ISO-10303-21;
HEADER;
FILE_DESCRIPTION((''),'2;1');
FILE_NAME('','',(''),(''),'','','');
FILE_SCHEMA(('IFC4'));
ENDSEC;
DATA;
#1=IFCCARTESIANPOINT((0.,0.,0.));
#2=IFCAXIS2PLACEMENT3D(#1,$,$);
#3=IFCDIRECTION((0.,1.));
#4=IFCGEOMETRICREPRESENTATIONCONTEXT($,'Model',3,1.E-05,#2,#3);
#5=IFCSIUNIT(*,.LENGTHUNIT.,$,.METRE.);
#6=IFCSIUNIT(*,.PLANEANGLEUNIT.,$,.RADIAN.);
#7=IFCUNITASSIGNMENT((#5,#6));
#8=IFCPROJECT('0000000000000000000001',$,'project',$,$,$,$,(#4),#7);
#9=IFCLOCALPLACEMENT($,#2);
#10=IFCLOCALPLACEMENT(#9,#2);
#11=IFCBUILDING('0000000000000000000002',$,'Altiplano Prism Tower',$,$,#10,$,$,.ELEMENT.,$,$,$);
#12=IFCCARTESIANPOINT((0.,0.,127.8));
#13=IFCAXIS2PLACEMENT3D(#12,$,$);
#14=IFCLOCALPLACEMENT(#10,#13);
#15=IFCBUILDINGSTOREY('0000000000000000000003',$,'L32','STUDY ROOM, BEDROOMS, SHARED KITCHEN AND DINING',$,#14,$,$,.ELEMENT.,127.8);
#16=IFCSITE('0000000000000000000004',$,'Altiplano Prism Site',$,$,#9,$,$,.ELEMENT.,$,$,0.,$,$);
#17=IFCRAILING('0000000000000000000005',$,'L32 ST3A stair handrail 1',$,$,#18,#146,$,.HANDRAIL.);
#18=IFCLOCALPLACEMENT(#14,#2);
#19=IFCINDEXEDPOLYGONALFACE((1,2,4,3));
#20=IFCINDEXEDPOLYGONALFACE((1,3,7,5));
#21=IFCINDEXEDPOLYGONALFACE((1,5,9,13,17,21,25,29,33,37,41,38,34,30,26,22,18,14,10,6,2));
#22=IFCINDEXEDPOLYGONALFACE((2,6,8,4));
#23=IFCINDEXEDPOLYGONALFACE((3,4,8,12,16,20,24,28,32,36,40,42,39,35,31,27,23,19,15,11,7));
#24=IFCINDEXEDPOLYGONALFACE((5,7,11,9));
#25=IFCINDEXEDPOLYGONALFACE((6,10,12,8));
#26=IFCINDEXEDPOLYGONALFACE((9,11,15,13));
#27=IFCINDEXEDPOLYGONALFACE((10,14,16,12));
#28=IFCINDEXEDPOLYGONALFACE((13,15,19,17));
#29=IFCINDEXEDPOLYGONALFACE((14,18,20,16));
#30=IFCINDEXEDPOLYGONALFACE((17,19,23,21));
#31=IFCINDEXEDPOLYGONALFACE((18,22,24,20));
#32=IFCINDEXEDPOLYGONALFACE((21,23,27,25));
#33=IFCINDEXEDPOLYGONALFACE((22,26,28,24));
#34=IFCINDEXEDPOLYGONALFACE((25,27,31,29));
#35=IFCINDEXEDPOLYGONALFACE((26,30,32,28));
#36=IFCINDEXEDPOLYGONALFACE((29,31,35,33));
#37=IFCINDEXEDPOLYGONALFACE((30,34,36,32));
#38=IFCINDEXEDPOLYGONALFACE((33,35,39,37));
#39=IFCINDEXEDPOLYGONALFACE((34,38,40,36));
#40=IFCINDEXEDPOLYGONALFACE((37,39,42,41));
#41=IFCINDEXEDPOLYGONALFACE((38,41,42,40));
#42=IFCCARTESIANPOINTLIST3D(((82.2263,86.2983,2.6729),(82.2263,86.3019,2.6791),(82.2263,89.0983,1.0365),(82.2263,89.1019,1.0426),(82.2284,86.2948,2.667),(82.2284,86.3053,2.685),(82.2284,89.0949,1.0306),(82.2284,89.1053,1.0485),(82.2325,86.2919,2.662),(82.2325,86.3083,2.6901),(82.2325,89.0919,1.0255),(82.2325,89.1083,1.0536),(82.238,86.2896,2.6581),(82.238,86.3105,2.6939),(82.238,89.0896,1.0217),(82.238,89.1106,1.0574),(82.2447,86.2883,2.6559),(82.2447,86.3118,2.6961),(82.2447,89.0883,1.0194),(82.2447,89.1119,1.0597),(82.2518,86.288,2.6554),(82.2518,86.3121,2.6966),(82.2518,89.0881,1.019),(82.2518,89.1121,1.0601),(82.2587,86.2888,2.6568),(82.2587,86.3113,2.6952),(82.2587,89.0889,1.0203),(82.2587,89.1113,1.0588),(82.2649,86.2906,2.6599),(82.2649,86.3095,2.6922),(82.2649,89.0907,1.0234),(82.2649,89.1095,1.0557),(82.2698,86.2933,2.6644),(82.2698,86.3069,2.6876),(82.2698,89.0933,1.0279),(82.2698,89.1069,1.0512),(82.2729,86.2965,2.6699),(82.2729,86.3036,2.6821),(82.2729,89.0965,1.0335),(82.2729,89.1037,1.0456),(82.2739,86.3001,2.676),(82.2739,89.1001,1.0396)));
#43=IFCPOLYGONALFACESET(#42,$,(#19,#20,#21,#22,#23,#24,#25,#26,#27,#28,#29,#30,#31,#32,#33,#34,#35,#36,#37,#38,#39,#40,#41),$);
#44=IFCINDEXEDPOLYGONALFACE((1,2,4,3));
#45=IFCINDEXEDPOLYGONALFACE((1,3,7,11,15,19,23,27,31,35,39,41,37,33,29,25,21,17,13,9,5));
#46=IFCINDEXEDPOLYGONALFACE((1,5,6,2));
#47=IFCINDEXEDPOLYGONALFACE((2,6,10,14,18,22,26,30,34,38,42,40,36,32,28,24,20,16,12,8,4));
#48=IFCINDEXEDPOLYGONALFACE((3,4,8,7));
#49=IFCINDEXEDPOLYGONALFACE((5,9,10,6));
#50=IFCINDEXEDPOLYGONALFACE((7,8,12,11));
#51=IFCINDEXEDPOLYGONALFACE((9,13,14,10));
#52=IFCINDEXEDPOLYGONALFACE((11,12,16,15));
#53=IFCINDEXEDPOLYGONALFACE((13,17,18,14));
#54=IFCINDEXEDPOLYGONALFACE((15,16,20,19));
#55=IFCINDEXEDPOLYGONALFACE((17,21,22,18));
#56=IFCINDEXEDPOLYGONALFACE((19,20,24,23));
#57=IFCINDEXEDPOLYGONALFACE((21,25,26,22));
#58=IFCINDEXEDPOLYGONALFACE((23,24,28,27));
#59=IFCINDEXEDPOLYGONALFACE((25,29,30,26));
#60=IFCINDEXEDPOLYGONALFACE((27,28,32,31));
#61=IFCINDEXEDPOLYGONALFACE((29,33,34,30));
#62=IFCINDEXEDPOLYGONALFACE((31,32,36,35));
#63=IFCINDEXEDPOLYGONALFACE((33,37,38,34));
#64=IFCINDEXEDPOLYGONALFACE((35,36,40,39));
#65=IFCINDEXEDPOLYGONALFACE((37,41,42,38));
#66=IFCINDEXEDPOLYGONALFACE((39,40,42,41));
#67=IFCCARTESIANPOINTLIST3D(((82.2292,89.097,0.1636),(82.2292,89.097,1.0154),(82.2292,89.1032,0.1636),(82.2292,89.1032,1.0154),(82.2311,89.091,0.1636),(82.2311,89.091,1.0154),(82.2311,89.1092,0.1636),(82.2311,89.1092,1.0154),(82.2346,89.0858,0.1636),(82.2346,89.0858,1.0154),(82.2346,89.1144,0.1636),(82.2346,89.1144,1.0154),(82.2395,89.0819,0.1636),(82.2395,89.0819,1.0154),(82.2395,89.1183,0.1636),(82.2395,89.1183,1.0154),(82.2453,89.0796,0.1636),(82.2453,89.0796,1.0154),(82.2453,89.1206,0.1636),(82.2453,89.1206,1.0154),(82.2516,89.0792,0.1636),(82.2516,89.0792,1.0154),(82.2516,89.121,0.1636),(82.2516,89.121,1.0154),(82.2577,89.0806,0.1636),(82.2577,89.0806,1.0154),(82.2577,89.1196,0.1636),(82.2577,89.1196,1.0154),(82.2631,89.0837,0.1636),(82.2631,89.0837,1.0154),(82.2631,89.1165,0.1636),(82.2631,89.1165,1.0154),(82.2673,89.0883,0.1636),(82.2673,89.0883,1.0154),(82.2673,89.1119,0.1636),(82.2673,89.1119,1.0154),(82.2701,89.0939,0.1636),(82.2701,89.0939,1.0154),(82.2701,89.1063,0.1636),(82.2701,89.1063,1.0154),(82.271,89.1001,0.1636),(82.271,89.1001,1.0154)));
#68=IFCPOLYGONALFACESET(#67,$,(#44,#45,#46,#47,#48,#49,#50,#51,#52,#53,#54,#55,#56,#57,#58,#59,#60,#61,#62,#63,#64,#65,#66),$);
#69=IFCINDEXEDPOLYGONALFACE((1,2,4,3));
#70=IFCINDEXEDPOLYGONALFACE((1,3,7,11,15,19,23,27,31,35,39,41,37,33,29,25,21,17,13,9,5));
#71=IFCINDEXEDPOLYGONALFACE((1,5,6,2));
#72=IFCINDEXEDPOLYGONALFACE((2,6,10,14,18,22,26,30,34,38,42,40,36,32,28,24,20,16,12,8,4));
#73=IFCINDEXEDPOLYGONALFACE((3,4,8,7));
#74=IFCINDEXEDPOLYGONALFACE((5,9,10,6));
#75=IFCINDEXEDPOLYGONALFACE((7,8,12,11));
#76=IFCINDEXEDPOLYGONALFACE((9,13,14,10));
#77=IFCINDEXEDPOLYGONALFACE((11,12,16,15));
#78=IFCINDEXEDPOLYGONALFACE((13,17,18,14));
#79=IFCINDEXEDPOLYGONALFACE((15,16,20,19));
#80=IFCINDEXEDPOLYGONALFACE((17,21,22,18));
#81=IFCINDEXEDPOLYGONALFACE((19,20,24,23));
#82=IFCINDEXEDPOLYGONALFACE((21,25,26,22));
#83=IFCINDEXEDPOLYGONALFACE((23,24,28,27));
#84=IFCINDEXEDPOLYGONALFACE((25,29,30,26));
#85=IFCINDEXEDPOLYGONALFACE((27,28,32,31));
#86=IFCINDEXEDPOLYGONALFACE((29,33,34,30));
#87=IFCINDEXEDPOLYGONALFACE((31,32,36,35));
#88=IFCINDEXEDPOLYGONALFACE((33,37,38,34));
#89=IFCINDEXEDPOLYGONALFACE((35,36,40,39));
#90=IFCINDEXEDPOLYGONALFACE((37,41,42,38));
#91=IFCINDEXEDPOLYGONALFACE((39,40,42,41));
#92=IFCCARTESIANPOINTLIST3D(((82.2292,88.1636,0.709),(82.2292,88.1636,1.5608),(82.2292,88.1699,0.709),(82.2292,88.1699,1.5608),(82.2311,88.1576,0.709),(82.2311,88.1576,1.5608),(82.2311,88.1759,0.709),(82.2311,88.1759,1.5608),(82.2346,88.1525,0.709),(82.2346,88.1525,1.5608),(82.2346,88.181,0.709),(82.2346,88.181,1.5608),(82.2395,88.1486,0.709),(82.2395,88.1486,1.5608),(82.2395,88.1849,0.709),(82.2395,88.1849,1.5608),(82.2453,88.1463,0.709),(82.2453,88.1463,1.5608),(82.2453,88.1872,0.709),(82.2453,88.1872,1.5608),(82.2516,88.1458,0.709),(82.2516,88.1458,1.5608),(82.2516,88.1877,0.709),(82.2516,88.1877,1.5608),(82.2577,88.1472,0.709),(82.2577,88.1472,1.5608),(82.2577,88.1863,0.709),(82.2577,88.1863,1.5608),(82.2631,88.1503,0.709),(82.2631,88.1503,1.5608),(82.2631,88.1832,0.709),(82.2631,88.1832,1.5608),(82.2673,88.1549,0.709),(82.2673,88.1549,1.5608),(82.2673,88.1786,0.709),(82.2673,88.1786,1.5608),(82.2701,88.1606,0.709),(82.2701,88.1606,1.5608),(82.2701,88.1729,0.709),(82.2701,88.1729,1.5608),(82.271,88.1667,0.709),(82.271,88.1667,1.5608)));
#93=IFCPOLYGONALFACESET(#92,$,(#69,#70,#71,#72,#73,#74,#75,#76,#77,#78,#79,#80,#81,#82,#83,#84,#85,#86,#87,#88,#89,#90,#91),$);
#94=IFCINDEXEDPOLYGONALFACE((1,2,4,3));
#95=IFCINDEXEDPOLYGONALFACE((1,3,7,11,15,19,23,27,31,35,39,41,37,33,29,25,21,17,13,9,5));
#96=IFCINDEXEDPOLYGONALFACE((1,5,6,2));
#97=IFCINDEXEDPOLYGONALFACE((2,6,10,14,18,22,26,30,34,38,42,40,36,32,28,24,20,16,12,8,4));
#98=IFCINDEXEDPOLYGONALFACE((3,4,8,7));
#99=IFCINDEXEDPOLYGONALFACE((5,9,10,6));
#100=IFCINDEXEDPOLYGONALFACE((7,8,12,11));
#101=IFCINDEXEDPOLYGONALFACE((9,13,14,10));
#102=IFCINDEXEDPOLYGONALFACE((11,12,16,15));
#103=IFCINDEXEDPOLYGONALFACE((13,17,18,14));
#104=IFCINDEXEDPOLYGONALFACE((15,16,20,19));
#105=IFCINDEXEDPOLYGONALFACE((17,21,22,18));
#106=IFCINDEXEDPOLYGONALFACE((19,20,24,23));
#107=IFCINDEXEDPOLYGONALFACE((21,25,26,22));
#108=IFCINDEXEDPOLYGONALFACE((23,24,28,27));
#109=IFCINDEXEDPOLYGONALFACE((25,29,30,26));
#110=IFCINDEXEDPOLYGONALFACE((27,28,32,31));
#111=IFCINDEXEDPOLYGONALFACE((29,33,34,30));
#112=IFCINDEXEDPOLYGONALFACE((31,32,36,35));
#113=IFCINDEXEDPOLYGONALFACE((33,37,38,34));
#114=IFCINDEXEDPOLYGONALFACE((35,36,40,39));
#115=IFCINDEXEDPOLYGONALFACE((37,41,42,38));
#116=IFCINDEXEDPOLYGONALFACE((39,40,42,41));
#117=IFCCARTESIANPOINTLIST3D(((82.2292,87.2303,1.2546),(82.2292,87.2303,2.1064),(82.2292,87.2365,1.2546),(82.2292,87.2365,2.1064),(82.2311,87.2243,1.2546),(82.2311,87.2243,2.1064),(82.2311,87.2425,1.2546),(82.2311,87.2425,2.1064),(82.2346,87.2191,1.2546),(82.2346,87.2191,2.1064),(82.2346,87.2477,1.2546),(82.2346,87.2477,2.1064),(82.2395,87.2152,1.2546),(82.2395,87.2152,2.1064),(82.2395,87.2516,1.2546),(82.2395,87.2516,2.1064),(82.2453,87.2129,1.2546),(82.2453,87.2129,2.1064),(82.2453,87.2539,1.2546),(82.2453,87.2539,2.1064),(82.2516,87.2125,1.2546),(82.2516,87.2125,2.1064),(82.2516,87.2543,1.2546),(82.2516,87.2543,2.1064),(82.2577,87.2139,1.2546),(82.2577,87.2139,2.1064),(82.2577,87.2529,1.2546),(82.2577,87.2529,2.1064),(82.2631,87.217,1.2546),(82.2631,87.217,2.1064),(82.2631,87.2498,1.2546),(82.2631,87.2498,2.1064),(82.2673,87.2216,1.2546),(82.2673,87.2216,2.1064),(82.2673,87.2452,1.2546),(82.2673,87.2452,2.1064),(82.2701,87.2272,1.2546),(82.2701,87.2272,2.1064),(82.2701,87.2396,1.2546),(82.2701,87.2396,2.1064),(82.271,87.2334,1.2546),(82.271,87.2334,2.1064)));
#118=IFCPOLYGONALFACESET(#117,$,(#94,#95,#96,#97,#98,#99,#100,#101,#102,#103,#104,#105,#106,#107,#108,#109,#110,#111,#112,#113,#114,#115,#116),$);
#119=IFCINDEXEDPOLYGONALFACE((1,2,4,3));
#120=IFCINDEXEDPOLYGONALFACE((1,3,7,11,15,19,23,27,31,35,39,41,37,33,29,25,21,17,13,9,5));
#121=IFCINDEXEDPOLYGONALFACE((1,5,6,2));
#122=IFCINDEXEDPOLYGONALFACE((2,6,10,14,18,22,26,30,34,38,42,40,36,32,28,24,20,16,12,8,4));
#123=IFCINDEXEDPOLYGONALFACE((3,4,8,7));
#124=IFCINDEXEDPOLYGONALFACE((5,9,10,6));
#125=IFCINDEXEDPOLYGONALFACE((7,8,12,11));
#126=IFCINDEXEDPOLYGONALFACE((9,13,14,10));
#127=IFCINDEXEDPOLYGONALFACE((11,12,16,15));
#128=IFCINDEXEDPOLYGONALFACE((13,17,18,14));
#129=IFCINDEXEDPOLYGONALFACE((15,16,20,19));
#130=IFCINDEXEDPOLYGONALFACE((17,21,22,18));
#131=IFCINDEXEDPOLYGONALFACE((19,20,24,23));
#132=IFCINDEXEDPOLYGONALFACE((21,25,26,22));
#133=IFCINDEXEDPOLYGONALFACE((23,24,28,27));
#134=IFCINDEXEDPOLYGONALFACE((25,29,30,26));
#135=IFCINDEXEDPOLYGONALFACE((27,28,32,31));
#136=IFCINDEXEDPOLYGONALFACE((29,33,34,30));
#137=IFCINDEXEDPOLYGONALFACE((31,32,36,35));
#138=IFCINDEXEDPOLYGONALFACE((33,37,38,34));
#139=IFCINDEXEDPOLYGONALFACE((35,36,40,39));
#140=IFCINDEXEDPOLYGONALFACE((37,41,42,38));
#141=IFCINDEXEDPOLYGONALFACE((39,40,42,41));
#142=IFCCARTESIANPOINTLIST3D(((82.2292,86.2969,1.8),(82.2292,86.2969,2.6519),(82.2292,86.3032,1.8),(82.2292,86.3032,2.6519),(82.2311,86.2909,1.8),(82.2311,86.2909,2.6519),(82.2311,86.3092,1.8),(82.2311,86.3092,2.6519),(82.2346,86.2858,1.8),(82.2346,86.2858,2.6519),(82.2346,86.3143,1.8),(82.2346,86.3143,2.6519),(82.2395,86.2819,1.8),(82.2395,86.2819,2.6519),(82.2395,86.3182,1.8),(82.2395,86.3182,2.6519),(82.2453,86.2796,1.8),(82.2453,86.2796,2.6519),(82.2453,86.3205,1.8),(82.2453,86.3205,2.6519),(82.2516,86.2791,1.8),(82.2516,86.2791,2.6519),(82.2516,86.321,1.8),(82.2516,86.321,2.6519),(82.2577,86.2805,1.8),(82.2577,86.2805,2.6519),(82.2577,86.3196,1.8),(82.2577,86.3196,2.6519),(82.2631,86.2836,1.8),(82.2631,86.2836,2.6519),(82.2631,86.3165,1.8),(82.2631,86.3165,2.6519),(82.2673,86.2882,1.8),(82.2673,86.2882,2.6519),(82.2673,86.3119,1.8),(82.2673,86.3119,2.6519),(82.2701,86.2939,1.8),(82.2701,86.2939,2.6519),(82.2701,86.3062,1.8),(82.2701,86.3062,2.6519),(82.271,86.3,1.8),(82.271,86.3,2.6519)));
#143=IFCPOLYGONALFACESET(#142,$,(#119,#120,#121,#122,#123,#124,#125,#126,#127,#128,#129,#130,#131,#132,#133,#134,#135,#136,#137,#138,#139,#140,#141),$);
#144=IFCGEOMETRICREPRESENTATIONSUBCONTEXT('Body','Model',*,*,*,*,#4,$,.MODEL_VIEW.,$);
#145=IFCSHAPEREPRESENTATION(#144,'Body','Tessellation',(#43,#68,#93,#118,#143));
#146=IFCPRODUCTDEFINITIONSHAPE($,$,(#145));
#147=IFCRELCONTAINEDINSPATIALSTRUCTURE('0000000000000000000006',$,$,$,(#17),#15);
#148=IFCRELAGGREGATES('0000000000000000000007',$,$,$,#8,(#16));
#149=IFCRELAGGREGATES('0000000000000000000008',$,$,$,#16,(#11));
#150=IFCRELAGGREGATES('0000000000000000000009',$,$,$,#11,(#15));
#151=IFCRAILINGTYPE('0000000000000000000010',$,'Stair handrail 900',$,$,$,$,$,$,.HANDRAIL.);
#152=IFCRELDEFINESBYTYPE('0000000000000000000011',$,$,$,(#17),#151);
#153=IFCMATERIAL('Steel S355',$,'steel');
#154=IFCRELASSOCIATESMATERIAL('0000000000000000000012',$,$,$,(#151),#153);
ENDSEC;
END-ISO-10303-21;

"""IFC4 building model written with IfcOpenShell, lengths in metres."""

from ifc_helpers import new_model, si_unit, direction, frame, origin, origin_2d, place, context, subcontext, project, spatial, circle, extrude, material, type_object, element, save


model = new_model("IFC4")

# Units and contexts
model_context = context("Model", 3, precision=1e-05, world=origin(), true_north=direction((0.0, 1.0)))
body_context = subcontext(model_context, "Body", "Model", "MODEL_VIEW")
ifc_project = project(units=[si_unit("LENGTHUNIT", "METRE"), si_unit("PLANEANGLEUNIT", "RADIAN")], contexts=[model_context])

# Site, building, storey
site_placement = place(None, origin())
site = spatial("IfcSite", under=ifc_project, at=site_placement, Name="Altiplano Prism Site", CompositionType="ELEMENT", RefElevation=0.0)
building_placement = place(site_placement, origin())
building = spatial("IfcBuilding", under=site, at=building_placement, Name="Altiplano Prism Tower", CompositionType="ELEMENT")
storey_placement = place(building_placement, frame((0.0, 0.0, 127.8)))
storey = spatial("IfcBuildingStorey", under=building, at=storey_placement, Name="L32", Description="STUDY ROOM, BEDROOMS, SHARED KITCHEN AND DINING", CompositionType="ELEMENT", Elevation=127.8)

# Railing
ifc_material_1 = material(Name="Steel S355", Category="steel")
railing_type_1 = type_object("IfcRailingType", Name="Stair handrail 900", PredefinedType="HANDRAIL", material=ifc_material_1)
for number, where, name in (
    (1, (82.25, 89.1001, 0.1636), "L32 ST3A stair handrail 1"),
):
    element("IfcRailing", number, at=place(storey_placement, frame(where)), inside=storey, type_object=railing_type_1, Name=name, PredefinedType="HANDRAIL", context=body_context, shape_type="SweptSolid", body=[
        extrude(circle(Radius=0.0239, at=origin_2d()), frame((0.0, 0.0, 0.876), z_axis=(0.0, -0.863361, 0.504587), x_axis=(1.0, 0.0, 0.0)), (0.0, 0.0, 1.0), 3.2432),
        extrude(circle(Radius=0.021, at=origin_2d()), origin(), (0.0, 0.0, 1.0), 0.8518),
        extrude(circle(Radius=0.021, at=origin_2d()), frame((0.0, -0.9333, 0.5454)), (0.0, 0.0, 1.0), 0.8518),
        extrude(circle(Radius=0.021, at=origin_2d()), frame((0.0, -1.8667, 1.0911)), (0.0, 0.0, 1.0), 0.8518),
        extrude(circle(Radius=0.021, at=origin_2d()), frame((0.0, -2.8, 1.6365)), (0.0, 0.0, 1.0), 0.8518),
    ])

save(model, "model.ifc")
